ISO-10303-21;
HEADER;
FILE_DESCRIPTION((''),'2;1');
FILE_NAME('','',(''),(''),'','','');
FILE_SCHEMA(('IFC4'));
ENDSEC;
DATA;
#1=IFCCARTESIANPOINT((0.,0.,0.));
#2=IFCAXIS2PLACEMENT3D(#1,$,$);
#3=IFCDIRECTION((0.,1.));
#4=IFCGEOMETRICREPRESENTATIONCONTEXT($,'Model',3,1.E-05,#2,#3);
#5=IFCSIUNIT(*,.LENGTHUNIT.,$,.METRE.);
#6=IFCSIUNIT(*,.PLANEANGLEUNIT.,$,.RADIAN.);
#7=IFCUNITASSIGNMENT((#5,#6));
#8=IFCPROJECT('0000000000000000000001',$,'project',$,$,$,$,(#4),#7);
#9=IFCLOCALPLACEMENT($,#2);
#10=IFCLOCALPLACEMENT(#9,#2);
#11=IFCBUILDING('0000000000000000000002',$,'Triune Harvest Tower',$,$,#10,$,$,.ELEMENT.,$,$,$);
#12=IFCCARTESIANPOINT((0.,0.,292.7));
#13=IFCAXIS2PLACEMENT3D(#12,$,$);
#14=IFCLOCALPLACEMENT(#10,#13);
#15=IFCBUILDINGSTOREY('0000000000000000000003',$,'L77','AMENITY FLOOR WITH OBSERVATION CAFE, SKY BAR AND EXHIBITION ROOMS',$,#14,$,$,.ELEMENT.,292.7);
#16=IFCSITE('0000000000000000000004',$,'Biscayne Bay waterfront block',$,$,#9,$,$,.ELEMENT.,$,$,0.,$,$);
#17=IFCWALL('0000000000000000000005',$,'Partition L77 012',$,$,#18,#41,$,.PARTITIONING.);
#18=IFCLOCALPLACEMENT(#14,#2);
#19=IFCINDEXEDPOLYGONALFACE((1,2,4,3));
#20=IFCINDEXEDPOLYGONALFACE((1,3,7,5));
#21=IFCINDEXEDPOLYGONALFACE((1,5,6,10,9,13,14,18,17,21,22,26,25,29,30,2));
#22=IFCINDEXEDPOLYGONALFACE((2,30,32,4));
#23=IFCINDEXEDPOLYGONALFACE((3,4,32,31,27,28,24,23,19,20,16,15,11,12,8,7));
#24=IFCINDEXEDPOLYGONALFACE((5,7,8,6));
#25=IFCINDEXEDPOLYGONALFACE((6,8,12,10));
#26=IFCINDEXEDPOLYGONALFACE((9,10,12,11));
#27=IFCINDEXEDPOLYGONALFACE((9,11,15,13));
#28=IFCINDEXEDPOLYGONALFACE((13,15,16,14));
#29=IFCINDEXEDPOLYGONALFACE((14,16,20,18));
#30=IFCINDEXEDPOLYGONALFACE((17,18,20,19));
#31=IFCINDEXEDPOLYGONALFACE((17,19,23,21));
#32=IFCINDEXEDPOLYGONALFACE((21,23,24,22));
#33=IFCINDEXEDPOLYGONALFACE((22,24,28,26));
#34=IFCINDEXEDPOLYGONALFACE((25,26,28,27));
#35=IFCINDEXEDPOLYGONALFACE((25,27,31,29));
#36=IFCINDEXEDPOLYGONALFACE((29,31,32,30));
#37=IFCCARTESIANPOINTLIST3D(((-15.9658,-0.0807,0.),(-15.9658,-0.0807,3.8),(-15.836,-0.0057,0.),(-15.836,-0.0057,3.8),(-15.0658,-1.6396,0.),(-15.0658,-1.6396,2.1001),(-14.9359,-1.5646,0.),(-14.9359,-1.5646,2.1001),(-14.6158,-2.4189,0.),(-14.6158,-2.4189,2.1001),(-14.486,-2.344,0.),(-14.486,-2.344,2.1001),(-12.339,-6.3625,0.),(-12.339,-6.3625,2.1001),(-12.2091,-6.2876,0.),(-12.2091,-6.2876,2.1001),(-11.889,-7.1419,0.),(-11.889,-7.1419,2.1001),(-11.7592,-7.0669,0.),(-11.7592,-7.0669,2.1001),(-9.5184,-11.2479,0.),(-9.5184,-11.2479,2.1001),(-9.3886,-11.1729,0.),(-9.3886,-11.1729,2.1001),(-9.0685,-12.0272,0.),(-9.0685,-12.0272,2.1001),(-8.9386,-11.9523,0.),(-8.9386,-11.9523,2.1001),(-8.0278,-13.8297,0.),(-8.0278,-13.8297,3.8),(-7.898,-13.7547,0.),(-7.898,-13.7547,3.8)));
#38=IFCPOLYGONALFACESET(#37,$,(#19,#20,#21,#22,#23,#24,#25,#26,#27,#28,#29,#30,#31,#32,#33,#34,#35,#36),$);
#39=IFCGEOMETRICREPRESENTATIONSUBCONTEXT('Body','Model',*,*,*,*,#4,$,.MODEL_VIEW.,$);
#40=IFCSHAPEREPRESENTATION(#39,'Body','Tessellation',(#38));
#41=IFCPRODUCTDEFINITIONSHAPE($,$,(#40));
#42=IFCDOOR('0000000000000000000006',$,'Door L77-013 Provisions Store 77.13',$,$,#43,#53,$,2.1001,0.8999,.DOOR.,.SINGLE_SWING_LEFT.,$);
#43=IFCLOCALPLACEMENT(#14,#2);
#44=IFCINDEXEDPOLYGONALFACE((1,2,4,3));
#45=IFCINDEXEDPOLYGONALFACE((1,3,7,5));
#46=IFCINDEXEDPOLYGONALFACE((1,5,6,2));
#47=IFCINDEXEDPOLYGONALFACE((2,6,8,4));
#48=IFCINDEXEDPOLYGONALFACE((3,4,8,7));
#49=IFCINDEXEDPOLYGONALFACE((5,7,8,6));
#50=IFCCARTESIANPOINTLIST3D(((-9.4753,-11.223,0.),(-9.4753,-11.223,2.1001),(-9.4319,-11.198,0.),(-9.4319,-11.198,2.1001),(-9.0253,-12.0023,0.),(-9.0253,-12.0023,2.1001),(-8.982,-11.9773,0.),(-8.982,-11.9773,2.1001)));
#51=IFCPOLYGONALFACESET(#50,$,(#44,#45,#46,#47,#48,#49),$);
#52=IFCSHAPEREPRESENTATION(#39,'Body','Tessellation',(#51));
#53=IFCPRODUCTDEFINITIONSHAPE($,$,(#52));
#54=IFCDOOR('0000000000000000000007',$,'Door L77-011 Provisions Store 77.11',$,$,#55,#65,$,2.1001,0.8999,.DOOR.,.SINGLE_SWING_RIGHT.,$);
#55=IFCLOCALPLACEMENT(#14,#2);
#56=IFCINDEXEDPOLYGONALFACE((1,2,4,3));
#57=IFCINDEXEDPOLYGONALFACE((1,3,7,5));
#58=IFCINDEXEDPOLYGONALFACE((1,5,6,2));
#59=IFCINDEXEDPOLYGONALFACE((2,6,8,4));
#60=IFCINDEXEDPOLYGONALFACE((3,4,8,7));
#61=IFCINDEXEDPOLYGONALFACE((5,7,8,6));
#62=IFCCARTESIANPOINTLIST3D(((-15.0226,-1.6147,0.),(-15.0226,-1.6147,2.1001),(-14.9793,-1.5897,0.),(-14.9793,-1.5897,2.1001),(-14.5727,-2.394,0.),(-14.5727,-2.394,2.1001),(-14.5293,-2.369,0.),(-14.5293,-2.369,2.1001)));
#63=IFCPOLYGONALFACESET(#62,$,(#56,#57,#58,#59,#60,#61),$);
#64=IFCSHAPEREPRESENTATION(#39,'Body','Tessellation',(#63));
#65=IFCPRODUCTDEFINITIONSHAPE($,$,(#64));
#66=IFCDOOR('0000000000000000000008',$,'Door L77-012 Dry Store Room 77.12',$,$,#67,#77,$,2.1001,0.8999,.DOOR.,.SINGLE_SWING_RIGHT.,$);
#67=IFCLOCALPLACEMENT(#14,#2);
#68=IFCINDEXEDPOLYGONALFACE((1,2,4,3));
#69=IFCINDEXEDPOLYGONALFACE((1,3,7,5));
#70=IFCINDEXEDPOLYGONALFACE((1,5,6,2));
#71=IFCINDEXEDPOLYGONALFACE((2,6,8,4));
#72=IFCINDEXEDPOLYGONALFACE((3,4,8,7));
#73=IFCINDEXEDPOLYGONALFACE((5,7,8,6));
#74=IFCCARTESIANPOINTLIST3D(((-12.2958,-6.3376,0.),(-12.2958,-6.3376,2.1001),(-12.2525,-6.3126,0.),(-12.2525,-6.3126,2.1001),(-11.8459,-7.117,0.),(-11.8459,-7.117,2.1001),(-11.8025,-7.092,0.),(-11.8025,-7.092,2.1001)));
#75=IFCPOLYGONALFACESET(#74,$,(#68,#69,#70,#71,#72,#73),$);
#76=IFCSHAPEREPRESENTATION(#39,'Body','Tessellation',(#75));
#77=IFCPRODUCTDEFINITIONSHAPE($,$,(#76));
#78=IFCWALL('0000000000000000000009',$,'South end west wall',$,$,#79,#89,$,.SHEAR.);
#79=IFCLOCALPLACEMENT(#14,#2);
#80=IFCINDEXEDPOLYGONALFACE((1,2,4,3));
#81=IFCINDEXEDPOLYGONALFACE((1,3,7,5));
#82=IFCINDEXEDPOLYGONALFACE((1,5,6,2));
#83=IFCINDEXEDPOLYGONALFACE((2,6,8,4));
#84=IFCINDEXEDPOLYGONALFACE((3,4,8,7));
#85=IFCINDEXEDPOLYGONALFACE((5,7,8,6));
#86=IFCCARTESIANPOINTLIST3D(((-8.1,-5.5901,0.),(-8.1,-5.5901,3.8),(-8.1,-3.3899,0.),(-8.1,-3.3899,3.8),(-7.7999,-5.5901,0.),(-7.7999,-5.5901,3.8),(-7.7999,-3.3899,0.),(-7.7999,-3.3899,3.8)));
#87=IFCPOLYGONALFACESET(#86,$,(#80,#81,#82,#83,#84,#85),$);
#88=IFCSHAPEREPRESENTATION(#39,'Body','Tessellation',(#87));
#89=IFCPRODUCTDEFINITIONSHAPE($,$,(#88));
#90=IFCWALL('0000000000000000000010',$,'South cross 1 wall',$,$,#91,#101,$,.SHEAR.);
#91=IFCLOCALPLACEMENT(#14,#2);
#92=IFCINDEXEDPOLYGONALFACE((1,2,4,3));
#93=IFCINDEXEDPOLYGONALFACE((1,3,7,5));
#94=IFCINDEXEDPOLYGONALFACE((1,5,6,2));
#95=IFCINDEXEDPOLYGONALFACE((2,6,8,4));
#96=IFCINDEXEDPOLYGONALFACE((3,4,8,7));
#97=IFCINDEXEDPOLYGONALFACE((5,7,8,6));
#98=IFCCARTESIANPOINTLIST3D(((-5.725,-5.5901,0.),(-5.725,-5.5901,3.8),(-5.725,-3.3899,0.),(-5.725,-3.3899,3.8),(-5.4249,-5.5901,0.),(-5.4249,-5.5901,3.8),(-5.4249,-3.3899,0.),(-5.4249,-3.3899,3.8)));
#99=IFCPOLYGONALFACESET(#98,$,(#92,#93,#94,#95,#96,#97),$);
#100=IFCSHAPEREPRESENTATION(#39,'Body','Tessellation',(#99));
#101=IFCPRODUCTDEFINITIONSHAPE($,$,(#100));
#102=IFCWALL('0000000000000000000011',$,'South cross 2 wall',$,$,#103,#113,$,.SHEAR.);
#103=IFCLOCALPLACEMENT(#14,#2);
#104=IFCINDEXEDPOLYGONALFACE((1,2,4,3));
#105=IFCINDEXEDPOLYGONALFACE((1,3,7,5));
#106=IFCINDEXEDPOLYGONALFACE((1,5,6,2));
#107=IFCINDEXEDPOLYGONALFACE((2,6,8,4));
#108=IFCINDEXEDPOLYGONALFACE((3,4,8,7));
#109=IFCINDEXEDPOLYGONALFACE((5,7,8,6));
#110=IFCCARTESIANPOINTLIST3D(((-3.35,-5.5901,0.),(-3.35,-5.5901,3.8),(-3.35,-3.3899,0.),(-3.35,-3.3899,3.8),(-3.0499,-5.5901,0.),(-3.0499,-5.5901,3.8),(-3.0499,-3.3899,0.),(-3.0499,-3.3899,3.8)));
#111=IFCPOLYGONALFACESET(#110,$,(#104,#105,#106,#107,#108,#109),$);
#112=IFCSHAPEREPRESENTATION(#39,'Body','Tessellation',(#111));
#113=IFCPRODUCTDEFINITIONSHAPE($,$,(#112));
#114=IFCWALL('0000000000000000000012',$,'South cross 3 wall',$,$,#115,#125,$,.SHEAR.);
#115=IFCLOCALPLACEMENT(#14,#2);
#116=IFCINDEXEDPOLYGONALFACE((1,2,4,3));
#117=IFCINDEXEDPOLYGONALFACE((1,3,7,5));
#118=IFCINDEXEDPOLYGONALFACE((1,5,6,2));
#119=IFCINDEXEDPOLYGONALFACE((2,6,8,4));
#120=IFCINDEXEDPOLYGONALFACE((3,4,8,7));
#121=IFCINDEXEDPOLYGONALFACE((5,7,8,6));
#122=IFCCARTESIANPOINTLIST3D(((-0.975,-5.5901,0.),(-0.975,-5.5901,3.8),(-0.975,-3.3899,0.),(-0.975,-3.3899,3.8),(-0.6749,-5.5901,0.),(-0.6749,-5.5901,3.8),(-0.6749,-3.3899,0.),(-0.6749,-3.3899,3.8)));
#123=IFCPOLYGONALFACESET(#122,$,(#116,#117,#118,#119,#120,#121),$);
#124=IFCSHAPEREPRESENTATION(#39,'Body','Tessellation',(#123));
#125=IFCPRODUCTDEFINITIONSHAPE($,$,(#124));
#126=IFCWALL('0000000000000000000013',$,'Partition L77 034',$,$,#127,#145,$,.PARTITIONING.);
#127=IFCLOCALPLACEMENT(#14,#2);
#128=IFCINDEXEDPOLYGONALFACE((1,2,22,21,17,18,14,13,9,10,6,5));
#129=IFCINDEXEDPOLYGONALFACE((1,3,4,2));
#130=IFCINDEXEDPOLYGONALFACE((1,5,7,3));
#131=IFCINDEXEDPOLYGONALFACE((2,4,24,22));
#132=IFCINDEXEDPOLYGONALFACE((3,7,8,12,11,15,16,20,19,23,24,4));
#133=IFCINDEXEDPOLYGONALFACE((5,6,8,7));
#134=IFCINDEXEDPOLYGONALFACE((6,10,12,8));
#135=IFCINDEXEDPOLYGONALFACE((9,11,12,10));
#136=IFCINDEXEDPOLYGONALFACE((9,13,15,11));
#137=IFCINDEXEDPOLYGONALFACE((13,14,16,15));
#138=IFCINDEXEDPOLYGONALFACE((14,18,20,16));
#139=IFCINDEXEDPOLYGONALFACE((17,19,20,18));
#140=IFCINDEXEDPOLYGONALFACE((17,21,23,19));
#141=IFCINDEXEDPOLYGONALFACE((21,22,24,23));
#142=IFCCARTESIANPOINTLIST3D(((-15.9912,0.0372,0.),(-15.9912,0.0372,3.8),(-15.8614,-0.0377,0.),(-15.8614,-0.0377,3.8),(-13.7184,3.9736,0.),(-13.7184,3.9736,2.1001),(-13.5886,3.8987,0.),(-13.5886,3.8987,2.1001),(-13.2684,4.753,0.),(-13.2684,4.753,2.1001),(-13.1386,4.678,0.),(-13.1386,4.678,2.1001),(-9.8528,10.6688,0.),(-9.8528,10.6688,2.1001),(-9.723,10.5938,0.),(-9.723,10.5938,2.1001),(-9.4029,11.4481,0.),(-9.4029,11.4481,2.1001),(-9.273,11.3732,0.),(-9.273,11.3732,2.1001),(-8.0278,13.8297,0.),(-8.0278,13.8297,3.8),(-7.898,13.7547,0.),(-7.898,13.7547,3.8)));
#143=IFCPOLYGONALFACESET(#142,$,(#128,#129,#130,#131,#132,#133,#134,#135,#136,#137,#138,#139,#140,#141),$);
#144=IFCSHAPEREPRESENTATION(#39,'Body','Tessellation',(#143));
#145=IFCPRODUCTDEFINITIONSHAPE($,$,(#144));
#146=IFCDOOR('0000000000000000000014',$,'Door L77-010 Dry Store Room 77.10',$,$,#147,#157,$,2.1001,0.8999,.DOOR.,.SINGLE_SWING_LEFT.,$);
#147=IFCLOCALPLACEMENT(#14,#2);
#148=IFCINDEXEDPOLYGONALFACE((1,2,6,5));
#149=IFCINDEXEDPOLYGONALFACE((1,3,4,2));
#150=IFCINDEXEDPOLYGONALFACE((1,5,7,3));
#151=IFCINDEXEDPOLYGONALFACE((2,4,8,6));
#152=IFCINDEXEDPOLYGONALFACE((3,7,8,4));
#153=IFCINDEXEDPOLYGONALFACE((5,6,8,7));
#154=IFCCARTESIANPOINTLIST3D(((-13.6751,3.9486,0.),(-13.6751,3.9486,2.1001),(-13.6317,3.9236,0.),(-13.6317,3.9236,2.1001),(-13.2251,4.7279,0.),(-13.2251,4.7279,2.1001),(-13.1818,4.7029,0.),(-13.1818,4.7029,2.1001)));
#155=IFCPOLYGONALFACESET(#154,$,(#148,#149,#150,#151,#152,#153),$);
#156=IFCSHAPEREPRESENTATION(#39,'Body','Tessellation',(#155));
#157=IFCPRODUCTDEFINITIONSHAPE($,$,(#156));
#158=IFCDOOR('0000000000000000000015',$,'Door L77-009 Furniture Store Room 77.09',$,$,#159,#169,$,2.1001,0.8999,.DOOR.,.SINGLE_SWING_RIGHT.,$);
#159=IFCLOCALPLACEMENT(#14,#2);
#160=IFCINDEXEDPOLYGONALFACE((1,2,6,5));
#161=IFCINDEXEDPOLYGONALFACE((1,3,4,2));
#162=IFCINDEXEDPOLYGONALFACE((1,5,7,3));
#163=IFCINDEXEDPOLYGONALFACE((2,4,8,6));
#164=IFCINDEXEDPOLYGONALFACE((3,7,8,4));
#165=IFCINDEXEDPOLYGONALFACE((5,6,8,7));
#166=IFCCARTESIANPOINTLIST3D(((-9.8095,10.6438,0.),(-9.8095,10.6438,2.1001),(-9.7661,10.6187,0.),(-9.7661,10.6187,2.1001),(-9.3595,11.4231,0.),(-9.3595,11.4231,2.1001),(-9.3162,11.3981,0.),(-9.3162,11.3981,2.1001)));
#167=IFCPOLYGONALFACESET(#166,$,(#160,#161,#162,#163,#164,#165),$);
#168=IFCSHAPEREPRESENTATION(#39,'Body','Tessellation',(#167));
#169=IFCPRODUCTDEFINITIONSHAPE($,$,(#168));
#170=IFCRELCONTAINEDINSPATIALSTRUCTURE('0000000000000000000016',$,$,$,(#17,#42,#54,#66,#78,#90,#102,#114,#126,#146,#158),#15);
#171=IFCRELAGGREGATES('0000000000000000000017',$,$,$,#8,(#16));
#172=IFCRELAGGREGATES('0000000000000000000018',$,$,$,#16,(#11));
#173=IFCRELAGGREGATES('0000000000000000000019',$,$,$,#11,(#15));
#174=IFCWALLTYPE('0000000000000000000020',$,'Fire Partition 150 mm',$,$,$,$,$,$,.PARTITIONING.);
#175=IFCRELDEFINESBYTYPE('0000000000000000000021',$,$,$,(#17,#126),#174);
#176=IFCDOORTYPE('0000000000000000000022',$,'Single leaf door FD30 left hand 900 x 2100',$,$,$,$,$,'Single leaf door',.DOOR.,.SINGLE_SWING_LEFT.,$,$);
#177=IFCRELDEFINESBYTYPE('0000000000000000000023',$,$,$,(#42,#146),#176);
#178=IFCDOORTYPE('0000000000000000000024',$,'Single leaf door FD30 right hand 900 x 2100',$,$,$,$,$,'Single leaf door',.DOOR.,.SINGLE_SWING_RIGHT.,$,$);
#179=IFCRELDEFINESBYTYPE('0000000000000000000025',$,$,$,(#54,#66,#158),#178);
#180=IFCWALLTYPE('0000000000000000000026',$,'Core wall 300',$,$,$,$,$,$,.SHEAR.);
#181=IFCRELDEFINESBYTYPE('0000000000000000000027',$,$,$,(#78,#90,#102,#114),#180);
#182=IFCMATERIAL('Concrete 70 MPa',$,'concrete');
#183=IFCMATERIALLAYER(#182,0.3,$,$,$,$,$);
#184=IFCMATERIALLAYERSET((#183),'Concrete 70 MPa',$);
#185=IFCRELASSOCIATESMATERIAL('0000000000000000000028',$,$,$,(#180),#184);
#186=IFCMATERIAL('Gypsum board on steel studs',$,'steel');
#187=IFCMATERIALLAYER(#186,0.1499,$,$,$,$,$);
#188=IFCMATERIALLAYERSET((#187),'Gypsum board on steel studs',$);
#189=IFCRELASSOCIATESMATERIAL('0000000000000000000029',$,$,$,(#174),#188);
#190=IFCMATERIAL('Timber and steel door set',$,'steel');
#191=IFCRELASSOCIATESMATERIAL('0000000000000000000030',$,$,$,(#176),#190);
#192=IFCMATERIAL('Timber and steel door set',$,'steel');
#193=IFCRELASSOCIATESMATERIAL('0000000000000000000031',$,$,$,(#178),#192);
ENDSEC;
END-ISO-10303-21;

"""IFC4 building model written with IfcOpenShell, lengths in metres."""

from ifc_helpers import new_model, si_unit, direction, frame, frame_2d, origin, place, context, subcontext, project, spatial, rectangle, extrude, source, transform, mapped, material, layer, layer_set, type_object, element, fill, save


model = new_model("IFC4")

# Units and contexts
model_context = context("Model", 3, precision=1e-05, world=origin(), true_north=direction((0.0, 1.0)))
body_context = subcontext(model_context, "Body", "Model", "MODEL_VIEW")
ifc_project = project(units=[si_unit("LENGTHUNIT", "METRE"), si_unit("PLANEANGLEUNIT", "RADIAN")], contexts=[model_context])

# Site, building, storey
site_placement = place(None, origin())
site = spatial("IfcSite", under=ifc_project, at=site_placement, Name="Biscayne Bay waterfront block", CompositionType="ELEMENT", RefElevation=0.0)
building_placement = place(site_placement, origin())
building = spatial("IfcBuilding", under=site, at=building_placement, Name="Triune Harvest Tower", CompositionType="ELEMENT")
storey_placement = place(building_placement, frame((0.0, 0.0, 292.7)))
storey = spatial("IfcBuildingStorey", under=building, at=storey_placement, Name="L77", Description="AMENITY FLOOR WITH OBSERVATION CAFE, SKY BAR AND EXHIBITION ROOMS", CompositionType="ELEMENT", Elevation=292.7)

# Shared definitions
ifc_material_1 = material(Name="Concrete 70 MPa", Category="concrete")
ifc_layer_1 = layer(ifc_material_1, 0.3)
ifc_layer_set_1 = layer_set([ifc_layer_1], Name="Concrete 70 MPa")
wall_type_1 = type_object("IfcWallType", Name="Core wall 300", PredefinedType="SHEAR", material=ifc_layer_set_1)

# Wall, openings, doors
ifc_material_2 = material(Name="Gypsum board on steel studs", Category="steel")
ifc_layer_2 = layer(ifc_material_2, 0.1499)
ifc_layer_set_2 = layer_set([ifc_layer_2], Name="Gypsum board on steel studs")
wall_type_2 = type_object("IfcWallType", Name="Fire Partition 150 mm", PredefinedType="PARTITIONING", material=ifc_layer_set_2)
wall_1_placement = place(storey_placement, frame((-15.9009, -0.0432, 0.0), z_axis=(0.0, 0.0, 1.0), x_axis=(0.499999, -0.866026, 0.0)))
wall_1 = element("IfcWall", 1, at=wall_1_placement, inside=storey, type_object=wall_type_2, Name="Partition L77 012", PredefinedType="PARTITIONING", context=body_context, shape_type="SweptSolid", body=[
    extrude(rectangle(XDim=15.876, YDim=0.1499, at=frame_2d((7.938, 0.0))), origin(), (0.0, 0.0, 1.0), 3.8),
])
opening_1_placement = place(wall_1_placement, frame((1.8, 0.0, 0.0)))
opening_1 = element("IfcOpeningElement", 2, at=opening_1_placement, cuts=wall_1, PredefinedType="OPENING", context=body_context, shape_type="SweptSolid", body=[
    extrude(rectangle(XDim=0.8999, YDim=2.1001, at=frame_2d((0.45, 1.05))), frame((0.0, 0.085, 0.0), z_axis=(0.0, -1.0, 0.0), x_axis=(1.0, 0.0, 0.0)), (0.0, 0.0, 1.0), 0.1699),
])
opening_2_placement = place(wall_1_placement, frame((7.2537, 0.0, 0.0)))
opening_2 = element("IfcOpeningElement", 3, at=opening_2_placement, cuts=wall_1, PredefinedType="OPENING", context=body_context, shape_type="SweptSolid", body=[
    extrude(rectangle(XDim=0.8999, YDim=2.1001, at=frame_2d((0.45, 1.05))), frame((0.0, 0.085, 0.0), z_axis=(0.0, -1.0, 0.0), x_axis=(1.0, 0.0, 0.0)), (0.0, 0.0, 1.0), 0.1699),
])
opening_3_placement = place(wall_1_placement, frame((12.8948, 0.0, 0.0)))
opening_3 = element("IfcOpeningElement", 4, at=opening_3_placement, cuts=wall_1, PredefinedType="OPENING", context=body_context, shape_type="SweptSolid", body=[
    extrude(rectangle(XDim=0.8999, YDim=2.1001, at=frame_2d((0.45, 1.05))), frame((0.0, 0.085, 0.0), z_axis=(0.0, -1.0, 0.0), x_axis=(1.0, 0.0, 0.0)), (0.0, 0.0, 1.0), 0.1699),
])
ifc_material_3 = material(Name="Timber and steel door set", Category="steel")
door_type_1 = type_object("IfcDoorType", Name="Single leaf door FD30 left hand 900 x 2100", ElementType="Single leaf door", OperationType="SINGLE_SWING_LEFT", PredefinedType="DOOR", material=ifc_material_3)
door_1_placement = place(opening_3_placement, origin())
door_1 = element("IfcDoor", 5, at=door_1_placement, inside=storey, type_object=door_type_1, Name="Door L77-013 Provisions Store 77.13", OperationType="SINGLE_SWING_LEFT", OverallHeight=2.1001, OverallWidth=0.8999, PredefinedType="DOOR", context=body_context, shape_type="SweptSolid", body=[
    extrude(rectangle(XDim=0.8999, YDim=2.1001, at=frame_2d((0.45, 1.05))), frame((0.0, 0.0249, 0.0), z_axis=(0.0, -1.0, 0.0), x_axis=(1.0, 0.0, 0.0)), (0.0, 0.0, 1.0), 0.05),
])
fill(opening_3, door_1)
ifc_material_4 = material(Name="Timber and steel door set", Category="steel")
door_type_2 = type_object("IfcDoorType", Name="Single leaf door FD30 right hand 900 x 2100", ElementType="Single leaf door", OperationType="SINGLE_SWING_RIGHT", PredefinedType="DOOR", material=ifc_material_4)
door_2_placement = place(opening_1_placement, origin())
door_2 = element("IfcDoor", 6, at=door_2_placement, inside=storey, type_object=door_type_2, Name="Door L77-011 Provisions Store 77.11", OperationType="SINGLE_SWING_RIGHT", OverallHeight=2.1001, OverallWidth=0.8999, PredefinedType="DOOR", context=body_context, shape_type="SweptSolid", body=[
    extrude(rectangle(XDim=0.8999, YDim=2.1001, at=frame_2d((0.45, 1.05))), frame((0.0, 0.0249, 0.0), z_axis=(0.0, -1.0, 0.0), x_axis=(1.0, 0.0, 0.0)), (0.0, 0.0, 1.0), 0.05),
])
fill(opening_1, door_2)
door_3_placement = place(opening_2_placement, origin())
door_3 = element("IfcDoor", 7, at=door_3_placement, inside=storey, type_object=door_type_2, Name="Door L77-012 Dry Store Room 77.12", OperationType="SINGLE_SWING_RIGHT", OverallHeight=2.1001, OverallWidth=0.8999, PredefinedType="DOOR", context=body_context, shape_type="SweptSolid", body=[
    extrude(rectangle(XDim=0.8999, YDim=2.1001, at=frame_2d((0.45, 1.05))), frame((0.0, 0.0249, 0.0), z_axis=(0.0, -1.0, 0.0), x_axis=(1.0, 0.0, 0.0)), (0.0, 0.0, 1.0), 0.05),
])
fill(opening_2, door_3)

# Walls
shared_shape_1 = source(origin(), body_context, "Body", "SweptSolid", [
    extrude(rectangle(XDim=2.2002, YDim=0.3, at=frame_2d((1.1001, 0.0))), origin(), (0.0, 0.0, 1.0), 3.8),
])
for number, where, z_axis, x_axis, name in (
    (8, (-7.95, -5.5901, 0.0), (0.0, 0.0, 1.0), (0.0, 1.0, 0.0), "South end west wall"),
    (9, (-5.575, -5.5901, 0.0), (0.0, 0.0, 1.0), (0.0, 1.0, 0.0), "South cross 1 wall"),
    (10, (-3.2, -5.5901, 0.0), (0.0, 0.0, 1.0), (0.0, 1.0, 0.0), "South cross 2 wall"),
    (11, (-0.825, -5.5901, 0.0), (0.0, 0.0, 1.0), (0.0, 1.0, 0.0), "South cross 3 wall"),
):
    element("IfcWall", number, at=place(storey_placement, frame(where, z_axis=z_axis, x_axis=x_axis)), inside=storey, type_object=wall_type_1, Name=name, PredefinedType="SHEAR", context=body_context, shape_type="MappedRepresentation", body=[
        mapped(shared_shape_1, transform((0.0, 0.0, 0.0), scale=1.0)),
    ])

# Wall, openings, doors
shared_shape_2 = source(origin(), body_context, "Body", "SweptSolid", [
    extrude(rectangle(XDim=15.9263, YDim=0.1499, at=frame_2d((7.9631, 0.0))), origin(), (0.0, 0.0, 1.0), 3.8),
])
wall_2_placement = place(storey_placement, frame((-15.9263, -0.0002, 0.0), z_axis=(0.0, 0.0, 1.0), x_axis=(0.500013, 0.866018, 0.0)))
wall_2 = element("IfcWall", 12, at=wall_2_placement, inside=storey, type_object=wall_type_2, Name="Partition L77 034", PredefinedType="PARTITIONING", context=body_context, shape_type="MappedRepresentation", body=[
    mapped(shared_shape_2, transform((0.0, 0.0, 0.0), scale=1.0)),
])
opening_4_placement = place(wall_2_placement, frame((12.2764, 0.0, 0.0)))
opening_4 = element("IfcOpeningElement", 13, at=opening_4_placement, cuts=wall_2, PredefinedType="OPENING", context=body_context, shape_type="SweptSolid", body=[
    extrude(rectangle(XDim=0.8999, YDim=2.1001, at=frame_2d((0.45, 1.05))), frame((0.0, 0.085, 0.0), z_axis=(0.0, -1.0, 0.0), x_axis=(1.0, 0.0, 0.0)), (0.0, 0.0, 1.0), 0.1699),
])
opening_5_placement = place(wall_2_placement, frame((4.5454, 0.0, 0.0)))
opening_5 = element("IfcOpeningElement", 14, at=opening_5_placement, cuts=wall_2, PredefinedType="OPENING", context=body_context, shape_type="SweptSolid", body=[
    extrude(rectangle(XDim=0.8999, YDim=2.1001, at=frame_2d((0.45, 1.05))), frame((0.0, 0.085, 0.0), z_axis=(0.0, -1.0, 0.0), x_axis=(1.0, 0.0, 0.0)), (0.0, 0.0, 1.0), 0.1699),
])
door_4_placement = place(opening_5_placement, origin())
door_4 = element("IfcDoor", 15, at=door_4_placement, inside=storey, type_object=door_type_1, Name="Door L77-010 Dry Store Room 77.10", OperationType="SINGLE_SWING_LEFT", OverallHeight=2.1001, OverallWidth=0.8999, PredefinedType="DOOR", context=body_context, shape_type="SweptSolid", body=[
    extrude(rectangle(XDim=0.8999, YDim=2.1001, at=frame_2d((0.45, 1.05))), frame((0.0, 0.0249, 0.0), z_axis=(0.0, -1.0, 0.0), x_axis=(1.0, 0.0, 0.0)), (0.0, 0.0, 1.0), 0.05),
])
fill(opening_5, door_4)
door_5_placement = place(opening_4_placement, origin())
door_5 = element("IfcDoor", 16, at=door_5_placement, inside=storey, type_object=door_type_2, Name="Door L77-009 Furniture Store Room 77.09", OperationType="SINGLE_SWING_RIGHT", OverallHeight=2.1001, OverallWidth=0.8999, PredefinedType="DOOR", context=body_context, shape_type="SweptSolid", body=[
    extrude(rectangle(XDim=0.8999, YDim=2.1001, at=frame_2d((0.45, 1.05))), frame((0.0, 0.0249, 0.0), z_axis=(0.0, -1.0, 0.0), x_axis=(1.0, 0.0, 0.0)), (0.0, 0.0, 1.0), 0.05),
])
fill(opening_4, door_5)

save(model, "model.ifc")
